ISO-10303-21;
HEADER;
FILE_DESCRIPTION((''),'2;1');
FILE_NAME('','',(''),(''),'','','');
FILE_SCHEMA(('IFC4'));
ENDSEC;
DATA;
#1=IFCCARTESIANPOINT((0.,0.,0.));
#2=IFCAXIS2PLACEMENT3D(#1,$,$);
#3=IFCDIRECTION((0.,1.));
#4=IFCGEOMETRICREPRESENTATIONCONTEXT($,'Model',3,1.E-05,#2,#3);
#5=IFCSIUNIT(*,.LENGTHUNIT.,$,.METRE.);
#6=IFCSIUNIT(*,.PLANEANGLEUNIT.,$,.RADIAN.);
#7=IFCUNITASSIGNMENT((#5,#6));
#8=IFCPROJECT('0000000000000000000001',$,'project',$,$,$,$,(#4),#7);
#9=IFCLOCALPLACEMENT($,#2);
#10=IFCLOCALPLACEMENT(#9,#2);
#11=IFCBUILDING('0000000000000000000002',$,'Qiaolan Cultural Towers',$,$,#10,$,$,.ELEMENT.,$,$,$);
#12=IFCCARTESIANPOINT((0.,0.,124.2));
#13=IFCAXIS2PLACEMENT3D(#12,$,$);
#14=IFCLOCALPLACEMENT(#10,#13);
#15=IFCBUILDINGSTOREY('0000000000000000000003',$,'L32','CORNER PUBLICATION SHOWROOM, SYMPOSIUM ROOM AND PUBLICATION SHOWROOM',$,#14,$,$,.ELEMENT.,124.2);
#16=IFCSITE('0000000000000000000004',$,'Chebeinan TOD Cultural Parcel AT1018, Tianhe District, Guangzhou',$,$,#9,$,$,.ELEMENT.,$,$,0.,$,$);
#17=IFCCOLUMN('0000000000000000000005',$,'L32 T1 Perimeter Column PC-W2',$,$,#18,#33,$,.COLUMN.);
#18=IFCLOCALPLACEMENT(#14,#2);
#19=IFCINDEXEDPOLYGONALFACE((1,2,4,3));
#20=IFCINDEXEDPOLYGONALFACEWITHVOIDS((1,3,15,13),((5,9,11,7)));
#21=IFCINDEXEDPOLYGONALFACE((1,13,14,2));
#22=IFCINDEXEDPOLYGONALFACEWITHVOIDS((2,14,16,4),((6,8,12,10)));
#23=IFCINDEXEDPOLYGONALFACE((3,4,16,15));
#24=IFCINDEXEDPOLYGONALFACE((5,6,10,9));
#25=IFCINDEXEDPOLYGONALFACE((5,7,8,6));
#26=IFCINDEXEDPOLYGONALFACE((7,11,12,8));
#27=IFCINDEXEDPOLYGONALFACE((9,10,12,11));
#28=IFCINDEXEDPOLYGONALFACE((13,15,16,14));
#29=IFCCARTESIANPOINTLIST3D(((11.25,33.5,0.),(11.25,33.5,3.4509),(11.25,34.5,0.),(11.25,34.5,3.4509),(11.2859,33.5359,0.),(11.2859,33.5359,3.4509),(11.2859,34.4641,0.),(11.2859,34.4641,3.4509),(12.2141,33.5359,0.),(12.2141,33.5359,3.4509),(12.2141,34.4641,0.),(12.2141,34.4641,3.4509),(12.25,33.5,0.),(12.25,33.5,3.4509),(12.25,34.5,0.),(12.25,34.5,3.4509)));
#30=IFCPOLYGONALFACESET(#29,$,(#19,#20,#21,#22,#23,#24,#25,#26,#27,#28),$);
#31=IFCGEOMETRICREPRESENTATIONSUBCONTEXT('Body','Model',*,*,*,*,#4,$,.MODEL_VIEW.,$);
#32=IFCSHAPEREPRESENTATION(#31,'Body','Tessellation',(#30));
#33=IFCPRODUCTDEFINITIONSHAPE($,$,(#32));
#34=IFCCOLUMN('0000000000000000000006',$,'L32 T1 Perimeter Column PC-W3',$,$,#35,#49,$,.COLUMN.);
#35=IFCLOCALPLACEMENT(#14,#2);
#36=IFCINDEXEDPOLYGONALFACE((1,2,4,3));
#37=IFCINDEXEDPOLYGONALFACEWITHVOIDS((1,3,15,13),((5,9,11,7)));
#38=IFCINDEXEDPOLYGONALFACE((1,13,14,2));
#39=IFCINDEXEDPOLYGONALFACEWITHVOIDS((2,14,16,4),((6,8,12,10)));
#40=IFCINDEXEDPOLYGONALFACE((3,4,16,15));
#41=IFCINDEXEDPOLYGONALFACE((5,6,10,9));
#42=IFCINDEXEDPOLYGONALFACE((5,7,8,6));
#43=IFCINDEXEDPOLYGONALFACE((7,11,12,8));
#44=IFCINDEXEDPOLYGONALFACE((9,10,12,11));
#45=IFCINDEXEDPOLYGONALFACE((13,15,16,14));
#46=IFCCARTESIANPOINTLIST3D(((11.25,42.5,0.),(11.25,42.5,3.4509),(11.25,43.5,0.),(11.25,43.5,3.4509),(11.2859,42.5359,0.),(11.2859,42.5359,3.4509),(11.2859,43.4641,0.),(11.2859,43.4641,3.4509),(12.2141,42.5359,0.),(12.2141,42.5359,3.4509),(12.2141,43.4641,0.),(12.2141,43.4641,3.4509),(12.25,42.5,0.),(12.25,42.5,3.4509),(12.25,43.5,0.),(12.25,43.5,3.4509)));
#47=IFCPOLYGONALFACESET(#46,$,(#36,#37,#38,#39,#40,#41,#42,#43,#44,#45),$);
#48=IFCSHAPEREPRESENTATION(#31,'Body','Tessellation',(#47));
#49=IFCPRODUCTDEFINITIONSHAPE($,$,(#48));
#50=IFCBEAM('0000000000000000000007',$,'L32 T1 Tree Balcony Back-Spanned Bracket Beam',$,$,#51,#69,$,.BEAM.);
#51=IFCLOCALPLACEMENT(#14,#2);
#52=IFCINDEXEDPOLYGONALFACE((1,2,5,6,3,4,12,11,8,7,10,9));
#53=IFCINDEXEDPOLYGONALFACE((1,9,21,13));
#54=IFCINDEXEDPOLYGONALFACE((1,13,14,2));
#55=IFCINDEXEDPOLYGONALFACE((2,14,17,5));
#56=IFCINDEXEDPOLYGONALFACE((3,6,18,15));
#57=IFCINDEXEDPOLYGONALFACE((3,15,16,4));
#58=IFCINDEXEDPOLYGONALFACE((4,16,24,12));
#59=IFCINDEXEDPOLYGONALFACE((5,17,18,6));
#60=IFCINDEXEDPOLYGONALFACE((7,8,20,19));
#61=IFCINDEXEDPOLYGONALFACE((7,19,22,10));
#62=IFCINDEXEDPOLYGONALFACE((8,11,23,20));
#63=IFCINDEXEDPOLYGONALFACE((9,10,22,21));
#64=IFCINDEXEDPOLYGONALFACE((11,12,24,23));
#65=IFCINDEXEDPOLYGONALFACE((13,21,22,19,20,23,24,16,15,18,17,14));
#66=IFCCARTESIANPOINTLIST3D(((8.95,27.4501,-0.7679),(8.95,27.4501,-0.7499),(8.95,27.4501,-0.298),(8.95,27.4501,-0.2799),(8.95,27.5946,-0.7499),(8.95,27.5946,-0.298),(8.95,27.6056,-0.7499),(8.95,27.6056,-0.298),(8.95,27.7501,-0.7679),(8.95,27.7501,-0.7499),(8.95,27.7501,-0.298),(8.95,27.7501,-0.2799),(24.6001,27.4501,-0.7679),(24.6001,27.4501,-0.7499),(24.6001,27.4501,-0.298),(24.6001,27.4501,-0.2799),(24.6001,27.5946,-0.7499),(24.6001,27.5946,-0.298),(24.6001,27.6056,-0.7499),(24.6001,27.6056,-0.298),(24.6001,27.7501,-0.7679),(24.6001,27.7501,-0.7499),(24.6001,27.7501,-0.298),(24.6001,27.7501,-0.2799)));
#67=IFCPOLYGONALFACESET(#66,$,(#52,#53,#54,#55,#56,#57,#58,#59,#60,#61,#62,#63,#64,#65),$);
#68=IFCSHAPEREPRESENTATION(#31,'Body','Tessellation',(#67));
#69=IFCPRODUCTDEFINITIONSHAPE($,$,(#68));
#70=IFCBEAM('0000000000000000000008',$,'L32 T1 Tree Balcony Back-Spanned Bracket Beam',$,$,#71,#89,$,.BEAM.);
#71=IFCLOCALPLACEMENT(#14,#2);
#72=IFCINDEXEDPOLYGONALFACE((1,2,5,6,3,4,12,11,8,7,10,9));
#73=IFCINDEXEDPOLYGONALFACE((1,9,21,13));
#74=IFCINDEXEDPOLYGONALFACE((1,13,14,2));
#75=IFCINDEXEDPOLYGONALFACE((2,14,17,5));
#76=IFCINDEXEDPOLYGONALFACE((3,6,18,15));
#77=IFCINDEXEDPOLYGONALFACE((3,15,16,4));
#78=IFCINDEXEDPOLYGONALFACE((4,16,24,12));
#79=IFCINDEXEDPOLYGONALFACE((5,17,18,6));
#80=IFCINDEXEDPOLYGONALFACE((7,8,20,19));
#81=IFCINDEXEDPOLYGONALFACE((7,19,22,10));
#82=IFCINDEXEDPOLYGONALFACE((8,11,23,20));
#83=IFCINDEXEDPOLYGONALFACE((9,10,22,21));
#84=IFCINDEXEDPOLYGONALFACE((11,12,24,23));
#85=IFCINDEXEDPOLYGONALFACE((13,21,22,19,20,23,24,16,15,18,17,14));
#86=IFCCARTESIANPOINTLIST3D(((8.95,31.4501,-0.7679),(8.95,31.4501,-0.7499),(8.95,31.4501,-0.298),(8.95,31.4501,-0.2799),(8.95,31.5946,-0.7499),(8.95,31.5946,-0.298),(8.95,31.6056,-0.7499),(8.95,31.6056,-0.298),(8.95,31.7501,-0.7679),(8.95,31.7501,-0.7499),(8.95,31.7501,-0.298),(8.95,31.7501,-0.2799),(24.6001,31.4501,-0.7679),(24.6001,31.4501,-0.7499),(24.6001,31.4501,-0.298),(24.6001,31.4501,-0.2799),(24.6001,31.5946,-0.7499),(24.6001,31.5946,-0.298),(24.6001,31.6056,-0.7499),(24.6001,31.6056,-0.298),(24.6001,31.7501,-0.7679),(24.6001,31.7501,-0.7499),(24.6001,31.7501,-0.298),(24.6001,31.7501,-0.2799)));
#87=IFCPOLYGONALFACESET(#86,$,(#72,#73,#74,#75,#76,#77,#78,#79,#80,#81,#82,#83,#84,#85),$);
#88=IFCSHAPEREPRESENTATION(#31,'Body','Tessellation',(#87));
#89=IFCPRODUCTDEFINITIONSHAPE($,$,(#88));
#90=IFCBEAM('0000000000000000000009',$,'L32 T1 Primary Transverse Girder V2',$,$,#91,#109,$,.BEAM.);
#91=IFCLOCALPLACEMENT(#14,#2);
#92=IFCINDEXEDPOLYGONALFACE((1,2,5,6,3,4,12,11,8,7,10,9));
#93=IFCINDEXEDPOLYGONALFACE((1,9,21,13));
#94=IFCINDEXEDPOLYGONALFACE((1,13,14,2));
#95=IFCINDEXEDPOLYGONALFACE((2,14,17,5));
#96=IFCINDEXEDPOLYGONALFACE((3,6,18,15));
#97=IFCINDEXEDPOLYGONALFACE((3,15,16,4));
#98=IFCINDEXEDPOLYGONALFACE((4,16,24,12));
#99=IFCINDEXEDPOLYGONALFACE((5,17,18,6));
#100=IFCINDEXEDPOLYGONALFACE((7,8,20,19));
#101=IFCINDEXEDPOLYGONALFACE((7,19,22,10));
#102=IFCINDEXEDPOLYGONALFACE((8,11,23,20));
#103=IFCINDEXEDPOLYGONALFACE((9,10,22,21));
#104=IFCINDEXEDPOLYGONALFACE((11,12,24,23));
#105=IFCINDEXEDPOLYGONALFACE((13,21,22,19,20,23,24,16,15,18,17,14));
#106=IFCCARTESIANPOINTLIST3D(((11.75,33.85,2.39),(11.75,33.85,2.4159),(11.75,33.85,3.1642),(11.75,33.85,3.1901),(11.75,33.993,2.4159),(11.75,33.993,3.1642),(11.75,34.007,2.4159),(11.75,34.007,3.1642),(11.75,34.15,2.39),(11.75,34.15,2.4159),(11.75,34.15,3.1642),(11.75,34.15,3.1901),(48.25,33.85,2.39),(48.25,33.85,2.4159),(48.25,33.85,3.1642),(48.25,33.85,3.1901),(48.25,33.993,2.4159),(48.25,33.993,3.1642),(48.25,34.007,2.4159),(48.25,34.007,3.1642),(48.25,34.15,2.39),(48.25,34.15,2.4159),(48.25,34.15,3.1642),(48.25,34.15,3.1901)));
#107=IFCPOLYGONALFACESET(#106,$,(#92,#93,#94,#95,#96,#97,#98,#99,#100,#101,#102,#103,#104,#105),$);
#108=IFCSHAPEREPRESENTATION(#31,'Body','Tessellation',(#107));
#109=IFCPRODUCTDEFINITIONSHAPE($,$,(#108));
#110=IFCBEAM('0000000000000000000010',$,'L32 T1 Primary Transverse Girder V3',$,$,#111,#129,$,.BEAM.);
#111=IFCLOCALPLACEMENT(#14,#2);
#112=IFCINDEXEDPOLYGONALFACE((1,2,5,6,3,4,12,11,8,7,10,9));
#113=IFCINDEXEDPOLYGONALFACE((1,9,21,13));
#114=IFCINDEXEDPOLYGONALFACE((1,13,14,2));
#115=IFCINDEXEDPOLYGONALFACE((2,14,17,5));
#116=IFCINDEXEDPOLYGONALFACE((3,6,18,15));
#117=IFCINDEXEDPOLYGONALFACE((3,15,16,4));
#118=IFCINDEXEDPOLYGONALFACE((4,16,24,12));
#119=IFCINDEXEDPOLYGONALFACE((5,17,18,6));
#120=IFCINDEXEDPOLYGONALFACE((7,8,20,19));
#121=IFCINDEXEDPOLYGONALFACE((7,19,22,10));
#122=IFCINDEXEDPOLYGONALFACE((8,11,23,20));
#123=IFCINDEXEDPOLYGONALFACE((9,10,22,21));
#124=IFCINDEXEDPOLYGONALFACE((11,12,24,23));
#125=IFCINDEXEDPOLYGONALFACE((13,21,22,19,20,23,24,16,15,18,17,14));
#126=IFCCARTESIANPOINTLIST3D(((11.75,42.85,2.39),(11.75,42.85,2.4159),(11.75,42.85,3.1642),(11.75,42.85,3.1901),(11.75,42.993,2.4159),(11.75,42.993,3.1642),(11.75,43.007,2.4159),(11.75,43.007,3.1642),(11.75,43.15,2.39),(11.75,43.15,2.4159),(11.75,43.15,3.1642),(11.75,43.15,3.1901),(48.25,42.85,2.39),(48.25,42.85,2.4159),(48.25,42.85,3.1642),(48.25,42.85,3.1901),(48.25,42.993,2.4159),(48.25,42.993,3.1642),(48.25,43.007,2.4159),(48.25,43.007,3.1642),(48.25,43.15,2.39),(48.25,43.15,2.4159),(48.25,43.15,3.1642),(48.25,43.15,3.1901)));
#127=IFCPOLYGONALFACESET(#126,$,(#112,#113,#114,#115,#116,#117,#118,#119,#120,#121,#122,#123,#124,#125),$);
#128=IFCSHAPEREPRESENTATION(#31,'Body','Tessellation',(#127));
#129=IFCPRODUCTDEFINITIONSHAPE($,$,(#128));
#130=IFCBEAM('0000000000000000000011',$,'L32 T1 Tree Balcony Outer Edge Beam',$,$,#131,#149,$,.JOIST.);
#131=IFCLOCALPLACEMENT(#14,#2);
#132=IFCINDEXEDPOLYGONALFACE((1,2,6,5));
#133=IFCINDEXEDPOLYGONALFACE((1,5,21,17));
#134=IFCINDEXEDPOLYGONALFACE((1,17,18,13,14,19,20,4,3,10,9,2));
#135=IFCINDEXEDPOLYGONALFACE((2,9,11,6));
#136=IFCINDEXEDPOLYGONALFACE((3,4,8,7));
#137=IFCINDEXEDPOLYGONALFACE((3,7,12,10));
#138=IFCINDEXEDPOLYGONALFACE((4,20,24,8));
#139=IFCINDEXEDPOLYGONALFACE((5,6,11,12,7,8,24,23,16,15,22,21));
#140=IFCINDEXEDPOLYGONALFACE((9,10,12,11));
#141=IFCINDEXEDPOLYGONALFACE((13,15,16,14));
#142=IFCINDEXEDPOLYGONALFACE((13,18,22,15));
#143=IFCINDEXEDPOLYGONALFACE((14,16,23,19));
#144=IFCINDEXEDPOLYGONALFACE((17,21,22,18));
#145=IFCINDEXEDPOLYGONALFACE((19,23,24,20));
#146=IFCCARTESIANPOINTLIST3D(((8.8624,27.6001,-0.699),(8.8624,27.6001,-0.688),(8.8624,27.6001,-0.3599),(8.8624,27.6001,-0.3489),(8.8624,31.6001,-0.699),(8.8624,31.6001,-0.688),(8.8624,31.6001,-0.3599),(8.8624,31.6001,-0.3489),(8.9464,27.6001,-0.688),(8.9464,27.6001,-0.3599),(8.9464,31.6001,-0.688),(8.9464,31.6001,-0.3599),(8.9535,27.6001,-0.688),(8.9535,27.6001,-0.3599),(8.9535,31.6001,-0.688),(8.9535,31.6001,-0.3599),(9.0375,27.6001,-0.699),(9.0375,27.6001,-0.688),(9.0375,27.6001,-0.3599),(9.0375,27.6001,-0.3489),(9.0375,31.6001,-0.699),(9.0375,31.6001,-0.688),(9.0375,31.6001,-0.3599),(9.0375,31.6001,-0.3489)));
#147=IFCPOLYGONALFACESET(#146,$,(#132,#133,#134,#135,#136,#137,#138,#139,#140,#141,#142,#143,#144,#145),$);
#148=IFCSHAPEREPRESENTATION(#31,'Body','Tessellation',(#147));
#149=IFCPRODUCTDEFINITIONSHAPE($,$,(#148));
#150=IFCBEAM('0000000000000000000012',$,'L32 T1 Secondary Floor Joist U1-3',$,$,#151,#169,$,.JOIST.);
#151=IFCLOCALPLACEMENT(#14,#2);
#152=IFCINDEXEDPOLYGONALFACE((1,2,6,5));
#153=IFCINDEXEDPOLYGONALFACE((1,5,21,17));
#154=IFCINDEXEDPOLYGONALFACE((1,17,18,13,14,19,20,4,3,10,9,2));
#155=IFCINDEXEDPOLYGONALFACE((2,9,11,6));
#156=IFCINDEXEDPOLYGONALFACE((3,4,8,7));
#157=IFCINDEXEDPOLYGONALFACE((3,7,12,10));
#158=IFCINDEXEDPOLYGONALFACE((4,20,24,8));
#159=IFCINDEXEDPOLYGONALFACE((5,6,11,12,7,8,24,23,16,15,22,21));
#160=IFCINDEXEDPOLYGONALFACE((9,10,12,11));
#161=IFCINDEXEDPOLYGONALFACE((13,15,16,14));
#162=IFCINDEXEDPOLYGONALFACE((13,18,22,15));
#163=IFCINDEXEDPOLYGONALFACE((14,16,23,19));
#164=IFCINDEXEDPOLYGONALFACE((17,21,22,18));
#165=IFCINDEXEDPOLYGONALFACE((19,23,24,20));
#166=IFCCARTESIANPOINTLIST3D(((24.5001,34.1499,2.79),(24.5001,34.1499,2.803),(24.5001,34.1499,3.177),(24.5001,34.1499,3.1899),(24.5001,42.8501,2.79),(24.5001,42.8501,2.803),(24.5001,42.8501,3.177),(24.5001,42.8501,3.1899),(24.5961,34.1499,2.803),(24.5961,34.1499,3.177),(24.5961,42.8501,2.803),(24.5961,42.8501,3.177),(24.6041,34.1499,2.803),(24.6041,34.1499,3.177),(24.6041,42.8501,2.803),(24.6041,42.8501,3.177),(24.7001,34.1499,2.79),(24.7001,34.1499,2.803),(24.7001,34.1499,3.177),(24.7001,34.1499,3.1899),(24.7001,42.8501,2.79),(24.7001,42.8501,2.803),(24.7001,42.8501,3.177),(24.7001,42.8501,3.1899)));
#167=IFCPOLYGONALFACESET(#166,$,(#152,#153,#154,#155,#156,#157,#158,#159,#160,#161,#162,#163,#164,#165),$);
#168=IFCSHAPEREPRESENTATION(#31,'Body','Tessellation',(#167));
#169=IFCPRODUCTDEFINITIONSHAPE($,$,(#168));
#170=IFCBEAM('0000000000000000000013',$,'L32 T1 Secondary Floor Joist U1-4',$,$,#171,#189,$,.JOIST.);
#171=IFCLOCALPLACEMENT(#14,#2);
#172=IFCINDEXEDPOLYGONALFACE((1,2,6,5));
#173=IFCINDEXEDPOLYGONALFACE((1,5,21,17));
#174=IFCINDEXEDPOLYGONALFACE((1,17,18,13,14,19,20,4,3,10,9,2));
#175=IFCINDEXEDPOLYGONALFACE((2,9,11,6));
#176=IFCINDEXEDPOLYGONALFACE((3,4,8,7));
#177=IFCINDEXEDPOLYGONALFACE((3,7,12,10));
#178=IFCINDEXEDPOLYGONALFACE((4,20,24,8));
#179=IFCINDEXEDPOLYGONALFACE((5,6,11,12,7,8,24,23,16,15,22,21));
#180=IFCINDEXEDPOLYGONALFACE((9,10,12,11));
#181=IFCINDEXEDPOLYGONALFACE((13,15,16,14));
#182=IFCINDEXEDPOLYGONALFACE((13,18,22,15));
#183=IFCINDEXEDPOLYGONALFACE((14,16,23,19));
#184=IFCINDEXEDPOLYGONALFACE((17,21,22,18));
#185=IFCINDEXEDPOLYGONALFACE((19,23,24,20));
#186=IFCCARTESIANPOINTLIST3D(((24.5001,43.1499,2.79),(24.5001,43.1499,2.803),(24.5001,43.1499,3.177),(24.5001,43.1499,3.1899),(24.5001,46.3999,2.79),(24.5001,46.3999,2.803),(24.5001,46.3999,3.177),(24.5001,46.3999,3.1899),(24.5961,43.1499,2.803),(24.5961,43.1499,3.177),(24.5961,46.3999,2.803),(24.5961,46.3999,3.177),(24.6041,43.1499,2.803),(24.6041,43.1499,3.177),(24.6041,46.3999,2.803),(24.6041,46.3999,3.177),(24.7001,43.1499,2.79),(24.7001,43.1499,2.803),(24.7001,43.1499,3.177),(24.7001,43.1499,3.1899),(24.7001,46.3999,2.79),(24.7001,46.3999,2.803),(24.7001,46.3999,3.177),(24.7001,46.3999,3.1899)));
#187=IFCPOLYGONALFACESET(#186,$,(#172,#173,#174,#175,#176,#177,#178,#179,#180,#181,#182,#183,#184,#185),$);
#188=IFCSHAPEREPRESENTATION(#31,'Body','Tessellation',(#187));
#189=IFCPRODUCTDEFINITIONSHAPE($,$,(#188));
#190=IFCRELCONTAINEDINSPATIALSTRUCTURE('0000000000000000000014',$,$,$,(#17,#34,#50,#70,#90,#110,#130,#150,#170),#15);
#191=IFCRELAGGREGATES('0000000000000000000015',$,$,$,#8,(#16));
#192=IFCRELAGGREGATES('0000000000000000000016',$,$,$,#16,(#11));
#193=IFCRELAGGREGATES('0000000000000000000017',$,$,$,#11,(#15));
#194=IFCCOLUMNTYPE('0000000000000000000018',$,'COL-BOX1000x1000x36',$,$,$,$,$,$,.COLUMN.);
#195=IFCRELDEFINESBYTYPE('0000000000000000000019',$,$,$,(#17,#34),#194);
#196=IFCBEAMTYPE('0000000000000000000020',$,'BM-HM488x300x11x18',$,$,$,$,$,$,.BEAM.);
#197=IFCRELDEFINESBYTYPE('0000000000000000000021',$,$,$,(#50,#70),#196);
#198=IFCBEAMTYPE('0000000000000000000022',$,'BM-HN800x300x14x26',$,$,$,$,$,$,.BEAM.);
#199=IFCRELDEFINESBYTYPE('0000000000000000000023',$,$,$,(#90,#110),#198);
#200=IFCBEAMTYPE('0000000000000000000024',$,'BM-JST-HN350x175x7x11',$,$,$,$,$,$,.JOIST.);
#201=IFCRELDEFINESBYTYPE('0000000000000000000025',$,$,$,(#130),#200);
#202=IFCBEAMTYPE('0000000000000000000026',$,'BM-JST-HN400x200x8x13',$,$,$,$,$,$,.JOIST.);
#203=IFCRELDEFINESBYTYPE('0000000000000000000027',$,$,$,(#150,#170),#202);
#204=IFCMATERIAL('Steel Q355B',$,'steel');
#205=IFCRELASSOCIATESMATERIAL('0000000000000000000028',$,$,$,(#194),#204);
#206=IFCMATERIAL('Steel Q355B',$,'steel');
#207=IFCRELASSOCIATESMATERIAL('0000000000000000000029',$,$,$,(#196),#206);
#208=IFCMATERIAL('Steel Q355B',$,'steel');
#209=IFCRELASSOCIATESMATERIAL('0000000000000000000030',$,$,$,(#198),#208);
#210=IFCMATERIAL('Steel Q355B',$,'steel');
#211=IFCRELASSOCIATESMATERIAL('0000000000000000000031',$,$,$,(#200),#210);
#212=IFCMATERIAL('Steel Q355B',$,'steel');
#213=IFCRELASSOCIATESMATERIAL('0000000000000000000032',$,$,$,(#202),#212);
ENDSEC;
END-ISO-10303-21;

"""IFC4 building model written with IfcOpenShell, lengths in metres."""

from ifc_helpers import new_model, si_unit, direction, frame, origin, origin_2d, place, context, subcontext, project, spatial, hollow_rectangle, i_section, extrude, material, material_profile, profile_set, type_object, element, save


model = new_model("IFC4")

# Units and contexts
model_context = context("Model", 3, precision=1e-05, world=origin(), true_north=direction((0.0, 1.0)))
body_context = subcontext(model_context, "Body", "Model", "MODEL_VIEW")
ifc_project = project(units=[si_unit("LENGTHUNIT", "METRE"), si_unit("PLANEANGLEUNIT", "RADIAN")], contexts=[model_context])

# Site, building, storey
site_placement = place(None, origin())
site = spatial("IfcSite", under=ifc_project, at=site_placement, Name="Chebeinan TOD Cultural Parcel AT1018, Tianhe District, Guangzhou", CompositionType="ELEMENT", RefElevation=0.0)
building_placement = place(site_placement, origin())
building = spatial("IfcBuilding", under=site, at=building_placement, Name="Qiaolan Cultural Towers", CompositionType="ELEMENT")
storey_placement = place(building_placement, frame((0.0, 0.0, 124.2)))
storey = spatial("IfcBuildingStorey", under=building, at=storey_placement, Name="L32", Description="CORNER PUBLICATION SHOWROOM, SYMPOSIUM ROOM AND PUBLICATION SHOWROOM", CompositionType="ELEMENT", Elevation=124.2)

# Columns
ifc_material_1 = material(Name="Steel Q355B", Category="steel")
ifc_material_profile_1 = material_profile(ifc_material_1, hollow_rectangle(XDim=1.0, YDim=1.0, WallThickness=0.0359, at=origin_2d()), Name="BOX1000x1000x36")
ifc_profile_set_1 = profile_set([ifc_material_profile_1], Name="Steel Q355B")
column_type = type_object("IfcColumnType", Name="COL-BOX1000x1000x36", PredefinedType="COLUMN", material=ifc_profile_set_1)
for number, where, z_axis, x_axis, name in (
    (1, (11.75, 34.0, 0.0), (0.0, 0.0, 1.0), (1.0, 0.0, 0.0), "L32 T1 Perimeter Column PC-W2"),
    (2, (11.75, 43.0, 0.0), (0.0, 0.0, 1.0), (1.0, 0.0, 0.0), "L32 T1 Perimeter Column PC-W3"),
):
    element("IfcColumn", number, at=place(storey_placement, frame(where, z_axis=z_axis, x_axis=x_axis)), inside=storey, type_object=column_type, Name=name, PredefinedType="COLUMN", context=body_context, shape_type="SweptSolid", body=[
        extrude(hollow_rectangle(XDim=1.0, YDim=1.0, WallThickness=0.0359, at=origin_2d()), origin(), (0.0, 0.0, 1.0), 3.4509),
    ])

# Beams
ifc_material_2 = material(Name="Steel Q355B", Category="steel")
ifc_material_profile_2 = material_profile(ifc_material_2, i_section(OverallWidth=0.3, OverallDepth=0.488, WebThickness=0.011, FlangeThickness=0.0181, at=origin_2d()), Name="HM488x300x11x18")
ifc_profile_set_2 = profile_set([ifc_material_profile_2], Name="Steel Q355B")
beam_type_1 = type_object("IfcBeamType", Name="BM-HM488x300x11x18", PredefinedType="BEAM", material=ifc_profile_set_2)
for number, where, z_axis, x_axis, name in (
    (3, (24.6001, 27.6001, -0.5239), (-1.0, 0.0, 0.0), (0.0, -1.0, 0.0), "L32 T1 Tree Balcony Back-Spanned Bracket Beam"),
    (4, (24.6001, 31.6001, -0.5239), (-1.0, 0.0, 0.0), (0.0, -1.0, 0.0), "L32 T1 Tree Balcony Back-Spanned Bracket Beam"),
):
    element("IfcBeam", number, at=place(storey_placement, frame(where, z_axis=z_axis, x_axis=x_axis)), inside=storey, type_object=beam_type_1, Name=name, PredefinedType="BEAM", context=body_context, shape_type="SweptSolid", body=[
        extrude(i_section(OverallWidth=0.3, OverallDepth=0.488, WebThickness=0.011, FlangeThickness=0.0181, at=origin_2d()), origin(), (0.0, 0.0, 1.0), 15.6501),
    ])
ifc_material_3 = material(Name="Steel Q355B", Category="steel")
ifc_material_profile_3 = material_profile(ifc_material_3, i_section(OverallWidth=0.3, OverallDepth=0.8, WebThickness=0.0139, FlangeThickness=0.0259, at=origin_2d()), Name="HN800x300x14x26")
ifc_profile_set_3 = profile_set([ifc_material_profile_3], Name="Steel Q355B")
beam_type_2 = type_object("IfcBeamType", Name="BM-HN800x300x14x26", PredefinedType="BEAM", material=ifc_profile_set_3)
for number, where, z_axis, x_axis, name in (
    (5, (11.75, 34.0, 2.79), (1.0, 0.0, 0.0), (0.0, 1.0, 0.0), "L32 T1 Primary Transverse Girder V2"),
    (6, (11.75, 43.0, 2.79), (1.0, 0.0, 0.0), (0.0, 1.0, 0.0), "L32 T1 Primary Transverse Girder V3"),
):
    element("IfcBeam", number, at=place(storey_placement, frame(where, z_axis=z_axis, x_axis=x_axis)), inside=storey, type_object=beam_type_2, Name=name, PredefinedType="BEAM", context=body_context, shape_type="SweptSolid", body=[
        extrude(i_section(OverallWidth=0.3, OverallDepth=0.8, WebThickness=0.0139, FlangeThickness=0.0259, at=origin_2d()), origin(), (0.0, 0.0, 1.0), 36.5),
    ])
ifc_material_4 = material(Name="Steel Q355B", Category="steel")
ifc_material_profile_4 = material_profile(ifc_material_4, i_section(OverallWidth=0.175, OverallDepth=0.3501, WebThickness=0.0071, FlangeThickness=0.011, at=origin_2d()), Name="HN350x175x7x11")
ifc_profile_set_4 = profile_set([ifc_material_profile_4], Name="Steel Q355B")
beam_type_3 = type_object("IfcBeamType", Name="BM-JST-HN350x175x7x11", PredefinedType="JOIST", material=ifc_profile_set_4)
beam_1_placement = place(storey_placement, frame((8.95, 27.6001, -0.5239), z_axis=(0.0, 1.0, 0.0), x_axis=(-1.0, 0.0, 0.0)))
element("IfcBeam", 7, at=beam_1_placement, inside=storey, type_object=beam_type_3, Name="L32 T1 Tree Balcony Outer Edge Beam", PredefinedType="JOIST", context=body_context, shape_type="SweptSolid", body=[
    extrude(i_section(OverallWidth=0.175, OverallDepth=0.3501, WebThickness=0.0071, FlangeThickness=0.011, at=origin_2d()), origin(), (0.0, 0.0, 1.0), 4.0),
])
ifc_material_5 = material(Name="Steel Q355B", Category="steel")
ifc_material_profile_5 = material_profile(ifc_material_5, i_section(OverallWidth=0.2, OverallDepth=0.3999, WebThickness=0.0081, FlangeThickness=0.0129, at=origin_2d()), Name="HN400x200x8x13")
ifc_profile_set_5 = profile_set([ifc_material_profile_5], Name="Steel Q355B")
beam_type_4 = type_object("IfcBeamType", Name="BM-JST-HN400x200x8x13", PredefinedType="JOIST", material=ifc_profile_set_5)
beam_2_placement = place(storey_placement, frame((24.6001, 34.1499, 2.99), z_axis=(0.0, 1.0, 0.0), x_axis=(-1.0, 0.0, 0.0)))
element("IfcBeam", 8, at=beam_2_placement, inside=storey, type_object=beam_type_4, Name="L32 T1 Secondary Floor Joist U1-3", PredefinedType="JOIST", context=body_context, shape_type="SweptSolid", body=[
    extrude(i_section(OverallWidth=0.2, OverallDepth=0.3999, WebThickness=0.0081, FlangeThickness=0.0129, at=origin_2d()), origin(), (0.0, 0.0, 1.0), 8.7002),
])
beam_3_placement = place(storey_placement, frame((24.6001, 43.1499, 2.99), z_axis=(0.0, 1.0, 0.0), x_axis=(-1.0, 0.0, 0.0)))
element("IfcBeam", 9, at=beam_3_placement, inside=storey, type_object=beam_type_4, Name="L32 T1 Secondary Floor Joist U1-4", PredefinedType="JOIST", context=body_context, shape_type="SweptSolid", body=[
    extrude(i_section(OverallWidth=0.2, OverallDepth=0.3999, WebThickness=0.0081, FlangeThickness=0.0129, at=origin_2d()), origin(), (0.0, 0.0, 1.0), 3.25),
])

save(model, "model.ifc")
